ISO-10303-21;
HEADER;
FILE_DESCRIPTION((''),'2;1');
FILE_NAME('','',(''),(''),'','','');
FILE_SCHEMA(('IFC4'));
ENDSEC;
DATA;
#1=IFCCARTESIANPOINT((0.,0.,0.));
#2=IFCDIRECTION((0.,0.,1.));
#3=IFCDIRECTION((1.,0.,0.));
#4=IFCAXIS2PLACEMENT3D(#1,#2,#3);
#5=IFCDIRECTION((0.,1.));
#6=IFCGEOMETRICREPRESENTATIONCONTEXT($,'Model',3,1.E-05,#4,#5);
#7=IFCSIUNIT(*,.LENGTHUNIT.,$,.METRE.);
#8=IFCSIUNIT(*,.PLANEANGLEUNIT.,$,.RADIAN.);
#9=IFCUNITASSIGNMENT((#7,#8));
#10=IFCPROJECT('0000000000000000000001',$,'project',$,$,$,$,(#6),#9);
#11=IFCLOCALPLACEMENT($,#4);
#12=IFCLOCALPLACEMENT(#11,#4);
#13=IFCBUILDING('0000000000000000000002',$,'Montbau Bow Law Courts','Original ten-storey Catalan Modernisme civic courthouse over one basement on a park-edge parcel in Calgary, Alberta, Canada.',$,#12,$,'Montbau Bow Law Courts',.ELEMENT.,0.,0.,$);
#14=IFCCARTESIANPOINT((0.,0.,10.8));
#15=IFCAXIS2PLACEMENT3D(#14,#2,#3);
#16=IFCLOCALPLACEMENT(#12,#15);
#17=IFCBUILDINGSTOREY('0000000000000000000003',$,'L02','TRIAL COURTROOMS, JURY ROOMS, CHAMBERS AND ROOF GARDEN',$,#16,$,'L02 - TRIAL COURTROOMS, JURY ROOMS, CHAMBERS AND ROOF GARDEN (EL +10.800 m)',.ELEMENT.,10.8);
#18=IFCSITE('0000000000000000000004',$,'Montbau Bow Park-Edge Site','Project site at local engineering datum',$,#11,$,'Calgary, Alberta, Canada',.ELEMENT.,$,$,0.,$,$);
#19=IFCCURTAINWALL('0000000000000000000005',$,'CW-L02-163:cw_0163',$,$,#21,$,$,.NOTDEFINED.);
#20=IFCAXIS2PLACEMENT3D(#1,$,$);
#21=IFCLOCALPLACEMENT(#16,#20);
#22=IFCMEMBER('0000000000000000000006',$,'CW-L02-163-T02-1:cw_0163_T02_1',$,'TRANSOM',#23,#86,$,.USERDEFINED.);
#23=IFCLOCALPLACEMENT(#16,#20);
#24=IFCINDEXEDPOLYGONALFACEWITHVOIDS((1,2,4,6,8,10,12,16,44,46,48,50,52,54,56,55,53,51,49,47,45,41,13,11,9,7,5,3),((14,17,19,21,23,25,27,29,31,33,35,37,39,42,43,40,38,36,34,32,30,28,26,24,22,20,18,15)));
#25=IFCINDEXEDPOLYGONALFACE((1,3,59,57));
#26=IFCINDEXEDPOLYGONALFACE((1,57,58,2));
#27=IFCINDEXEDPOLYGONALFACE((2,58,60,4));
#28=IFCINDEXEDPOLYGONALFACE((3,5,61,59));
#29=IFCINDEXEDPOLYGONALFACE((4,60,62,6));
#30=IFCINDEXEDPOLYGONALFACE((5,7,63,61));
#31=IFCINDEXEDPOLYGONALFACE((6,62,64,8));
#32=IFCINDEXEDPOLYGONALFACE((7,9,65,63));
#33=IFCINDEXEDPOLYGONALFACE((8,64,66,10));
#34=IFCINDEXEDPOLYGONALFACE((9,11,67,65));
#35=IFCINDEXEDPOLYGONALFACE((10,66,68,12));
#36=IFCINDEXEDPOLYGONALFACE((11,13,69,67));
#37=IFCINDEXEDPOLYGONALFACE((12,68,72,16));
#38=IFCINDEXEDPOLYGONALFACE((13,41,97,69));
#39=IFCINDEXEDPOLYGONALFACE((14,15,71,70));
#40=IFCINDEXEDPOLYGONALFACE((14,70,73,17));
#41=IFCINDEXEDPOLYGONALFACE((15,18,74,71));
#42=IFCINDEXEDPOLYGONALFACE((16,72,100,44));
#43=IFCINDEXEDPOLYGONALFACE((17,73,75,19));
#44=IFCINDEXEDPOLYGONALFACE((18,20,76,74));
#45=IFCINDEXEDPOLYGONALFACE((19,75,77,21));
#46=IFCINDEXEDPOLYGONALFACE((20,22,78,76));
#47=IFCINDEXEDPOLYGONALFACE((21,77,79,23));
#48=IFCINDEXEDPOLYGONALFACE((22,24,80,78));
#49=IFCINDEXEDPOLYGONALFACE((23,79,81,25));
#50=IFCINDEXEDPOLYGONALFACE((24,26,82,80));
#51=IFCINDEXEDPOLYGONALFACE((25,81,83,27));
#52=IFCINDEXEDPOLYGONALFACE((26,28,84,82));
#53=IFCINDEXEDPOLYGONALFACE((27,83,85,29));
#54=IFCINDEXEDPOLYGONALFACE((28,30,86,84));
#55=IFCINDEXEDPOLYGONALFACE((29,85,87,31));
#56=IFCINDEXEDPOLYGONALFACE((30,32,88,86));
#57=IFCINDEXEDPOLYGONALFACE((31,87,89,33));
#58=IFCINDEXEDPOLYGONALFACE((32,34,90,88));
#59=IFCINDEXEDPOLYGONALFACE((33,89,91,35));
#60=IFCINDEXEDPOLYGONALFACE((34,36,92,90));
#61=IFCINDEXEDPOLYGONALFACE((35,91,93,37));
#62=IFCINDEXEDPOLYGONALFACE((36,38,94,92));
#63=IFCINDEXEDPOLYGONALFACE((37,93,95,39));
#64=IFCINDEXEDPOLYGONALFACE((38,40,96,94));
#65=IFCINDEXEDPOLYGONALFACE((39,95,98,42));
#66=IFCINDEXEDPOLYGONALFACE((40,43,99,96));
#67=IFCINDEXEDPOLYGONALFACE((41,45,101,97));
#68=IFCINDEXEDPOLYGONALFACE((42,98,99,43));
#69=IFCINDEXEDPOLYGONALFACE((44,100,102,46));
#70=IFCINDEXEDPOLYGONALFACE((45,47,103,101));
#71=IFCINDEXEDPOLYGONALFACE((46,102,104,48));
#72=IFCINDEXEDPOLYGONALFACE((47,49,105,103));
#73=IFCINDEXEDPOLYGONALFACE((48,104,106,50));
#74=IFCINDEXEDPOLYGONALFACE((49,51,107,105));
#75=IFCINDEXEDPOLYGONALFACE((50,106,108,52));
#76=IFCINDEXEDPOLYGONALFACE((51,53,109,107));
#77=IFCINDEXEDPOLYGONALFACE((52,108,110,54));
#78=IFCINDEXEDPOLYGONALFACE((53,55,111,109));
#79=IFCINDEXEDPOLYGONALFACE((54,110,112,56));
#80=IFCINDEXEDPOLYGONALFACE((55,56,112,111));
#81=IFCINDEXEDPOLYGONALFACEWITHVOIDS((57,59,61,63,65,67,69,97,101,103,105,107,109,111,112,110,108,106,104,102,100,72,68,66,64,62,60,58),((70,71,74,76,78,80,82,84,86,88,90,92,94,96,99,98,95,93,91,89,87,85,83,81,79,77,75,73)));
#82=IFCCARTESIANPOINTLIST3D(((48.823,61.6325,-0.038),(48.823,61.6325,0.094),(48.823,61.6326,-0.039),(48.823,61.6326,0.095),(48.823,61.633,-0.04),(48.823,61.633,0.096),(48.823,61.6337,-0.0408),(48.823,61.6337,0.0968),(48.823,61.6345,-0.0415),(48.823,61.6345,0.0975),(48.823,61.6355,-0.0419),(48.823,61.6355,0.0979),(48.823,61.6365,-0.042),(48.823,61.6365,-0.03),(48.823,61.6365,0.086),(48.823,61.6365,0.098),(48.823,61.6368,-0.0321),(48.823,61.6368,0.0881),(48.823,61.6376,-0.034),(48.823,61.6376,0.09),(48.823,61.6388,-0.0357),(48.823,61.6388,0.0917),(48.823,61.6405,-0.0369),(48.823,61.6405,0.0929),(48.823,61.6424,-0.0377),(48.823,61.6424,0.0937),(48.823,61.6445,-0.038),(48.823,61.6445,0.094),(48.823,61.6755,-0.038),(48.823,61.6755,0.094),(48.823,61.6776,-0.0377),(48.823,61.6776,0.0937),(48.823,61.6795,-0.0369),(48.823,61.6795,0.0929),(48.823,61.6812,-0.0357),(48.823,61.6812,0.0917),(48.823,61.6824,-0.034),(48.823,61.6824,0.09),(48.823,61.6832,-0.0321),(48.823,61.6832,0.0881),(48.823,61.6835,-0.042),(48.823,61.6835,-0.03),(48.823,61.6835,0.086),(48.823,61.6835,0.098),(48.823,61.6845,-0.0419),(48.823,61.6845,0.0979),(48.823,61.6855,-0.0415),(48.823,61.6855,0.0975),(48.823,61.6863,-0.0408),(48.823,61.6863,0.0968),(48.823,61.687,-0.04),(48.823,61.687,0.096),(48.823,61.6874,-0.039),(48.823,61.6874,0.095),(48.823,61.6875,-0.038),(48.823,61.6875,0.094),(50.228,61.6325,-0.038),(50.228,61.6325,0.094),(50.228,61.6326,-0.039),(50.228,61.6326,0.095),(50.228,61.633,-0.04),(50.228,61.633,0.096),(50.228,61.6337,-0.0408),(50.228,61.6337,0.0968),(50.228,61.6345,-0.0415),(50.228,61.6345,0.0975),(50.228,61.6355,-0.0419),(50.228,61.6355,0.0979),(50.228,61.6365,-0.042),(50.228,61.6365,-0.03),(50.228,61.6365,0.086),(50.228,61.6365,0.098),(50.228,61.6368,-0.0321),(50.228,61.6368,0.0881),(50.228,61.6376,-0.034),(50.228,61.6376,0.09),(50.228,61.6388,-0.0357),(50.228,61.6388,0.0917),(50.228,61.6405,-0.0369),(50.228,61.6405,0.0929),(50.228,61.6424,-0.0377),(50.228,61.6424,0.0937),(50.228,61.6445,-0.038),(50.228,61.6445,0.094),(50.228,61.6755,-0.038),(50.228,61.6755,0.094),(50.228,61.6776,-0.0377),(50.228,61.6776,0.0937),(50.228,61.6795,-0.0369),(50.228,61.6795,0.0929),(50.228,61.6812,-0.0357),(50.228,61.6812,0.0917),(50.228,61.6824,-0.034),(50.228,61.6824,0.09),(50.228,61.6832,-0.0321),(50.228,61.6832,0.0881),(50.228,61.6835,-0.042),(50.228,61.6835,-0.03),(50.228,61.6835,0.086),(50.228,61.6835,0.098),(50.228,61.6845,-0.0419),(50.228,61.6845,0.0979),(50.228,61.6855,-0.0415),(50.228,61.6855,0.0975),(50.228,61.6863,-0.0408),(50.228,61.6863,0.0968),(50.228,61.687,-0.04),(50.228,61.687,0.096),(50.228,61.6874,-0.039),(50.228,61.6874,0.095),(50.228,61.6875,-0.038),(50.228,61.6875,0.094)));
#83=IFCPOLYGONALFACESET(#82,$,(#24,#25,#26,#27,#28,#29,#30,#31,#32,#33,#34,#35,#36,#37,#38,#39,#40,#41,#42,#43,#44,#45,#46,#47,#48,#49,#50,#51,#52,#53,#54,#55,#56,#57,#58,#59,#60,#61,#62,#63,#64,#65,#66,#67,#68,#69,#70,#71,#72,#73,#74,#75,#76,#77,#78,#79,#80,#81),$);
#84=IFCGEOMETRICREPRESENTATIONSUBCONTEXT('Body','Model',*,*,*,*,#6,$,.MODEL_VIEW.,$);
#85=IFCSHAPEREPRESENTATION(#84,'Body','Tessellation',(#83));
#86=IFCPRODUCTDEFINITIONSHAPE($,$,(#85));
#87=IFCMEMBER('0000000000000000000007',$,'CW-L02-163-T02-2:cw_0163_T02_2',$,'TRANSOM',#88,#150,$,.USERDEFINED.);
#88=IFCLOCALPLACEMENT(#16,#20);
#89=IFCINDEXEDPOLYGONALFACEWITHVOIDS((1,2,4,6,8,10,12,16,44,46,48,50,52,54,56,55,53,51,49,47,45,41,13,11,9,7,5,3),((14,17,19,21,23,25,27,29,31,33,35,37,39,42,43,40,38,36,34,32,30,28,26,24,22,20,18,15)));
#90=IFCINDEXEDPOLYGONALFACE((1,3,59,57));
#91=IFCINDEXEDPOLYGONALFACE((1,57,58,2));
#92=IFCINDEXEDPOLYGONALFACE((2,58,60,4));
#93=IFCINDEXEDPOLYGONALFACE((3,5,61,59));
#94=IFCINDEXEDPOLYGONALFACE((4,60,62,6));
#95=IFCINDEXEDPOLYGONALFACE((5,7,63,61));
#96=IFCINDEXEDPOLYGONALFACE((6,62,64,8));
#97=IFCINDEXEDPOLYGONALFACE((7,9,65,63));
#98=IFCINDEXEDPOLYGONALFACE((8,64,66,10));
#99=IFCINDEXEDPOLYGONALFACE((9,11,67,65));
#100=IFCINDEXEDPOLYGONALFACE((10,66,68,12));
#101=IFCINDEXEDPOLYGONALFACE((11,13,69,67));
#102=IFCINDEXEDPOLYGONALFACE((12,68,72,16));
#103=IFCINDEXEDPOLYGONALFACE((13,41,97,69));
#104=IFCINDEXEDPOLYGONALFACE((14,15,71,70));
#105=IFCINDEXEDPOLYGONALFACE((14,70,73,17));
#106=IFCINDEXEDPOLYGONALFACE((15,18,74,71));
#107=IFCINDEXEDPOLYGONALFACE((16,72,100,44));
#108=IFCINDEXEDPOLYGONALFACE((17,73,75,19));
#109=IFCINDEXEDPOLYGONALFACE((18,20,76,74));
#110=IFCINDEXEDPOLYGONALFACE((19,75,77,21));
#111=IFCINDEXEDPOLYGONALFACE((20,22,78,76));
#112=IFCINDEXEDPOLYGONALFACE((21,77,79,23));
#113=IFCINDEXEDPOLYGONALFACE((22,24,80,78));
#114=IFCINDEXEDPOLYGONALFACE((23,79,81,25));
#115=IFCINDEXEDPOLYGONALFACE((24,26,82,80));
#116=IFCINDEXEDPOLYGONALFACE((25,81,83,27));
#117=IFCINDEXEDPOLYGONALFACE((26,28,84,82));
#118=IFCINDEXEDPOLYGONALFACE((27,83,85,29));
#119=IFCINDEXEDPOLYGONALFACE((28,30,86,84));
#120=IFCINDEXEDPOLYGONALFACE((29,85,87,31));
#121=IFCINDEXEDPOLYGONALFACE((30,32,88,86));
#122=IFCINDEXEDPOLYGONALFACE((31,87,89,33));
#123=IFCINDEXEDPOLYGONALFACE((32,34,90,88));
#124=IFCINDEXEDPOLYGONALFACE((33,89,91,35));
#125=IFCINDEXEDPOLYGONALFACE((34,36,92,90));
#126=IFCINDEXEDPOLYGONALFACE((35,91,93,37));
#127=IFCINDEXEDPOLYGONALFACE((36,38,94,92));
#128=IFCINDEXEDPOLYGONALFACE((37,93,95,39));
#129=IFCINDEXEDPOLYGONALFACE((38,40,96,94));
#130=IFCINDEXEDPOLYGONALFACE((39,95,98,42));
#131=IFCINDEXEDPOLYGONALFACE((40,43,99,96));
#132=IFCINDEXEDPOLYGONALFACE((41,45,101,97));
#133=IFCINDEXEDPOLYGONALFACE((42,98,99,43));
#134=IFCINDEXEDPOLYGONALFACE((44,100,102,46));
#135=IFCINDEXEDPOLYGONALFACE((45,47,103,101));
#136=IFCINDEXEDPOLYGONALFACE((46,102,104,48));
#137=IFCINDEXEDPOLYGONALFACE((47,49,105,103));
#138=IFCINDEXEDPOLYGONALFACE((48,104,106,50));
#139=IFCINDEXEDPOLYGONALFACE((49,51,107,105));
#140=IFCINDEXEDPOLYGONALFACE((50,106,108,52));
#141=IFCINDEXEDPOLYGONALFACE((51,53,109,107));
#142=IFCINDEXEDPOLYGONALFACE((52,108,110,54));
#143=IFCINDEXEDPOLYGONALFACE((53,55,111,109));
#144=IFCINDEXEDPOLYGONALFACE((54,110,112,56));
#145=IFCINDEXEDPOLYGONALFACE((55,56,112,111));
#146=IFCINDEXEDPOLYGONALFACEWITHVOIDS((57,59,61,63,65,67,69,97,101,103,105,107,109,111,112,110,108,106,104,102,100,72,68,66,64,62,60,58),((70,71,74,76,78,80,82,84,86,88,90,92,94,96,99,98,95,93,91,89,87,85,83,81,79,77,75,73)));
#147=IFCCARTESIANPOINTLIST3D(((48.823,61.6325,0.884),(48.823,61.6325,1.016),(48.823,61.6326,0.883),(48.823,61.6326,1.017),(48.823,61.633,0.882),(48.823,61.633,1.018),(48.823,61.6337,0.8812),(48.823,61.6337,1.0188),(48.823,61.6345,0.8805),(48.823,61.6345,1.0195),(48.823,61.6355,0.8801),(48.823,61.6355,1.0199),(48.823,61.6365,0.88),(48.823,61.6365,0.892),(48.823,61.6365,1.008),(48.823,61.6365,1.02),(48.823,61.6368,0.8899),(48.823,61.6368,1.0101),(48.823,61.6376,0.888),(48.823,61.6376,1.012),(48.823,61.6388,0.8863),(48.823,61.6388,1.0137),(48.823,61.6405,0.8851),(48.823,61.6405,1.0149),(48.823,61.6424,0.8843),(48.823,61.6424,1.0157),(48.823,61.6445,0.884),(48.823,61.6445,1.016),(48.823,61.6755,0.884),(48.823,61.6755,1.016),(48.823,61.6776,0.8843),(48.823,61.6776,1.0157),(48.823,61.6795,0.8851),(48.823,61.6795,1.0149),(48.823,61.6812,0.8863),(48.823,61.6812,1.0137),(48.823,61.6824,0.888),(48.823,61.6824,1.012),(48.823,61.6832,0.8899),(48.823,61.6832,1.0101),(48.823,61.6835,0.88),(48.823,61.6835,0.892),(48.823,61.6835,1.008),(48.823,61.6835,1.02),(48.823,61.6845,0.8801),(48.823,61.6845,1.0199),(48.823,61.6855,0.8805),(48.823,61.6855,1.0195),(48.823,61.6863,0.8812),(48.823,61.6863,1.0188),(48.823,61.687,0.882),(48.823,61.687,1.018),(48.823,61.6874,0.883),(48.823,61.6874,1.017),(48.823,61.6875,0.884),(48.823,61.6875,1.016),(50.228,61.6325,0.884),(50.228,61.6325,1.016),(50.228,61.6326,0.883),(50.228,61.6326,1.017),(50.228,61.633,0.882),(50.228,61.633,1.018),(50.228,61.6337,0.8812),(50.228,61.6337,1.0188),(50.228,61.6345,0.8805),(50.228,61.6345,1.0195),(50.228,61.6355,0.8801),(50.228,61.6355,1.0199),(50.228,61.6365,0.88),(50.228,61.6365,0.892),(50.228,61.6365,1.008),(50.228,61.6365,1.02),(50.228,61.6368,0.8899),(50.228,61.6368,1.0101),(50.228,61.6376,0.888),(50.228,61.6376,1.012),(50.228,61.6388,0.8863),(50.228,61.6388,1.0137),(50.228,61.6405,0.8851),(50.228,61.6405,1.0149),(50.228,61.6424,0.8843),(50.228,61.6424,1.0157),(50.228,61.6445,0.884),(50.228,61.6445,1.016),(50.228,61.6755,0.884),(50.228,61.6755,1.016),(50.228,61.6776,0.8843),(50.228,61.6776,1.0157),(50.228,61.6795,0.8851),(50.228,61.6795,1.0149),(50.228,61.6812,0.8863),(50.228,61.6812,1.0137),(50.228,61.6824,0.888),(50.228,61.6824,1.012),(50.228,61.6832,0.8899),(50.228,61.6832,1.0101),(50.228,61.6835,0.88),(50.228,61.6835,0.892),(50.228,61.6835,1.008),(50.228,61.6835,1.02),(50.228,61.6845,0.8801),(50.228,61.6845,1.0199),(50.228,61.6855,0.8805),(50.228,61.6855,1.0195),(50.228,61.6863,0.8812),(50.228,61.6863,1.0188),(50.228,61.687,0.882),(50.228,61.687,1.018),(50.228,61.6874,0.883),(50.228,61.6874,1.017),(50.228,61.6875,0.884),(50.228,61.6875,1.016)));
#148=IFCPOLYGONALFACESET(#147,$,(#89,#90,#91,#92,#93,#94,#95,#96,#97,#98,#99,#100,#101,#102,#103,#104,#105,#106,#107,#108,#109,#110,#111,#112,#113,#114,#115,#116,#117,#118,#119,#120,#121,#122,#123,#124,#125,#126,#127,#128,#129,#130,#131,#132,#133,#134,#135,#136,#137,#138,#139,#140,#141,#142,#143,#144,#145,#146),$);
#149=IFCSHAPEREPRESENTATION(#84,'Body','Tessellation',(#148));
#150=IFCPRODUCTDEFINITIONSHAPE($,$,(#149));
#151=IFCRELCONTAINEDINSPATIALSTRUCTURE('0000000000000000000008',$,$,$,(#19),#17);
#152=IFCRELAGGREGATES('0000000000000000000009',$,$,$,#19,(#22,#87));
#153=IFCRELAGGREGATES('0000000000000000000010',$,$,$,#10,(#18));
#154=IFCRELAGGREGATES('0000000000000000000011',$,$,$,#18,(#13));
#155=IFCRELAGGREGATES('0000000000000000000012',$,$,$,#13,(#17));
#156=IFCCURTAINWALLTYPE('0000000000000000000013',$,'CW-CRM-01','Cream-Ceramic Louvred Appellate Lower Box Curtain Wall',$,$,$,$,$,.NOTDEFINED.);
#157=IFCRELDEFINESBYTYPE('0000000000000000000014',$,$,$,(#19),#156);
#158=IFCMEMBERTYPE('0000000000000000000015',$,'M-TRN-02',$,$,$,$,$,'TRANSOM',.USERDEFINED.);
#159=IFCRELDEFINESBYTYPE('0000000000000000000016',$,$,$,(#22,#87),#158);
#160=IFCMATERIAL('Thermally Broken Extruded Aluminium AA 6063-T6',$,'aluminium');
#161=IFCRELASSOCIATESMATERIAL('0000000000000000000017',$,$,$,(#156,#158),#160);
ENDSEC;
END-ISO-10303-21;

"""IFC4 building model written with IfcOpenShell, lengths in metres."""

from ifc_helpers import new_model, si_unit, direction, frame, origin_with_axes, origin_2d_with_axis, place, context, subcontext, project, spatial, hollow_rectangle, extrude, material, material_profile, profile_set, type_object, element, aggregate, save


model = new_model("IFC4")

# Units and contexts
model_context = context("Model", 3, precision=1e-05, world=origin_with_axes(), true_north=direction((0.0, 1.0)))
body_context = subcontext(model_context, "Body", "Model", "MODEL_VIEW")
ifc_project = project(units=[si_unit("LENGTHUNIT", "METRE"), si_unit("PLANEANGLEUNIT", "RADIAN")], contexts=[model_context])

# Site, building, storey
site_placement = place(None, origin_with_axes())
site = spatial("IfcSite", under=ifc_project, at=site_placement, Name="Montbau Bow Park-Edge Site", Description="Project site at local engineering datum", LongName="Calgary, Alberta, Canada", CompositionType="ELEMENT", RefElevation=0.0)
building_placement = place(site_placement, origin_with_axes())
building = spatial("IfcBuilding", under=site, at=building_placement, Name="Montbau Bow Law Courts", Description="Original ten-storey Catalan Modernisme civic courthouse over one basement on a park-edge parcel in Calgary, Alberta, Canada.", LongName="Montbau Bow Law Courts", CompositionType="ELEMENT", ElevationOfRefHeight=0.0, ElevationOfTerrain=0.0)
storey_placement = place(building_placement, frame((0.0, 0.0, 10.8), z_axis=(0.0, 0.0, 1.0), x_axis=(1.0, 0.0, 0.0)))
storey = spatial("IfcBuildingStorey", under=building, at=storey_placement, Name="L02", Description="TRIAL COURTROOMS, JURY ROOMS, CHAMBERS AND ROOF GARDEN", LongName="L02 - TRIAL COURTROOMS, JURY ROOMS, CHAMBERS AND ROOF GARDEN (EL +10.800 m)", CompositionType="ELEMENT", Elevation=10.8)

# Shared definitions
ifc_material_1 = material(Name="Thermally Broken Extruded Aluminium AA 6063-T6", Category="aluminium")
curtain_wall_type = type_object("IfcCurtainWallType", Name="CW-CRM-01", Description="Cream-Ceramic Louvred Appellate Lower Box Curtain Wall", PredefinedType="NOTDEFINED", material=ifc_material_1)

# Curtain wall, members
curtain_wall_1_placement = place(None, frame((47.315, 61.66, 10.8), z_axis=(0.0, 0.0, 1.0), x_axis=(1.0, 0.0, 0.0)))
curtain_wall_1 = element("IfcCurtainWall", 1, at=curtain_wall_1_placement, inside=storey, type_object=curtain_wall_type, Name="CW-L02-163:cw_0163", PredefinedType="NOTDEFINED")
ifc_material_profile_1 = material_profile(ifc_material_1, hollow_rectangle(XDim=0.055, YDim=0.14, WallThickness=0.004, InnerFilletRadius=0.008, OuterFilletRadius=0.004, at=origin_2d_with_axis()), Name="CWT-140X55", Category="Main", Priority=0)
ifc_profile_set_1 = profile_set([ifc_material_profile_1], Name="Thermally Broken Extruded Aluminium AA 6063-T6")
member_type_1 = type_object("IfcMemberType", Name="M-TRN-02", ElementType="TRANSOM", PredefinedType="USERDEFINED", material=ifc_profile_set_1)
member_1_placement = place(None, frame((48.823, 61.66, 10.828), z_axis=(1.0, 0.0, 0.0), x_axis=(0.0, 1.0, 0.0)))
member_1 = element("IfcMember", 2, at=member_1_placement, type_object=member_type_1, Name="CW-L02-163-T02-1:cw_0163_T02_1", ObjectType="TRANSOM", PredefinedType="USERDEFINED", context=body_context, shape_type="SweptSolid", body=[
    extrude(hollow_rectangle(XDim=0.055, YDim=0.14, WallThickness=0.004, InnerFilletRadius=0.008, OuterFilletRadius=0.004, at=origin_2d_with_axis()), origin_with_axes(), (0.0, 0.0, 1.0), 1.405),
])
member_2_placement = place(None, frame((48.823, 61.66, 11.75), z_axis=(1.0, 0.0, 0.0), x_axis=(0.0, 1.0, 0.0)))
member_2 = element("IfcMember", 3, at=member_2_placement, type_object=member_type_1, Name="CW-L02-163-T02-2:cw_0163_T02_2", ObjectType="TRANSOM", PredefinedType="USERDEFINED", context=body_context, shape_type="SweptSolid", body=[
    extrude(hollow_rectangle(XDim=0.055, YDim=0.14, WallThickness=0.004, InnerFilletRadius=0.008, OuterFilletRadius=0.004, at=origin_2d_with_axis()), origin_with_axes(), (0.0, 0.0, 1.0), 1.405),
])

aggregate(curtain_wall_1, [member_1, member_2])

save(model, "model.ifc")
